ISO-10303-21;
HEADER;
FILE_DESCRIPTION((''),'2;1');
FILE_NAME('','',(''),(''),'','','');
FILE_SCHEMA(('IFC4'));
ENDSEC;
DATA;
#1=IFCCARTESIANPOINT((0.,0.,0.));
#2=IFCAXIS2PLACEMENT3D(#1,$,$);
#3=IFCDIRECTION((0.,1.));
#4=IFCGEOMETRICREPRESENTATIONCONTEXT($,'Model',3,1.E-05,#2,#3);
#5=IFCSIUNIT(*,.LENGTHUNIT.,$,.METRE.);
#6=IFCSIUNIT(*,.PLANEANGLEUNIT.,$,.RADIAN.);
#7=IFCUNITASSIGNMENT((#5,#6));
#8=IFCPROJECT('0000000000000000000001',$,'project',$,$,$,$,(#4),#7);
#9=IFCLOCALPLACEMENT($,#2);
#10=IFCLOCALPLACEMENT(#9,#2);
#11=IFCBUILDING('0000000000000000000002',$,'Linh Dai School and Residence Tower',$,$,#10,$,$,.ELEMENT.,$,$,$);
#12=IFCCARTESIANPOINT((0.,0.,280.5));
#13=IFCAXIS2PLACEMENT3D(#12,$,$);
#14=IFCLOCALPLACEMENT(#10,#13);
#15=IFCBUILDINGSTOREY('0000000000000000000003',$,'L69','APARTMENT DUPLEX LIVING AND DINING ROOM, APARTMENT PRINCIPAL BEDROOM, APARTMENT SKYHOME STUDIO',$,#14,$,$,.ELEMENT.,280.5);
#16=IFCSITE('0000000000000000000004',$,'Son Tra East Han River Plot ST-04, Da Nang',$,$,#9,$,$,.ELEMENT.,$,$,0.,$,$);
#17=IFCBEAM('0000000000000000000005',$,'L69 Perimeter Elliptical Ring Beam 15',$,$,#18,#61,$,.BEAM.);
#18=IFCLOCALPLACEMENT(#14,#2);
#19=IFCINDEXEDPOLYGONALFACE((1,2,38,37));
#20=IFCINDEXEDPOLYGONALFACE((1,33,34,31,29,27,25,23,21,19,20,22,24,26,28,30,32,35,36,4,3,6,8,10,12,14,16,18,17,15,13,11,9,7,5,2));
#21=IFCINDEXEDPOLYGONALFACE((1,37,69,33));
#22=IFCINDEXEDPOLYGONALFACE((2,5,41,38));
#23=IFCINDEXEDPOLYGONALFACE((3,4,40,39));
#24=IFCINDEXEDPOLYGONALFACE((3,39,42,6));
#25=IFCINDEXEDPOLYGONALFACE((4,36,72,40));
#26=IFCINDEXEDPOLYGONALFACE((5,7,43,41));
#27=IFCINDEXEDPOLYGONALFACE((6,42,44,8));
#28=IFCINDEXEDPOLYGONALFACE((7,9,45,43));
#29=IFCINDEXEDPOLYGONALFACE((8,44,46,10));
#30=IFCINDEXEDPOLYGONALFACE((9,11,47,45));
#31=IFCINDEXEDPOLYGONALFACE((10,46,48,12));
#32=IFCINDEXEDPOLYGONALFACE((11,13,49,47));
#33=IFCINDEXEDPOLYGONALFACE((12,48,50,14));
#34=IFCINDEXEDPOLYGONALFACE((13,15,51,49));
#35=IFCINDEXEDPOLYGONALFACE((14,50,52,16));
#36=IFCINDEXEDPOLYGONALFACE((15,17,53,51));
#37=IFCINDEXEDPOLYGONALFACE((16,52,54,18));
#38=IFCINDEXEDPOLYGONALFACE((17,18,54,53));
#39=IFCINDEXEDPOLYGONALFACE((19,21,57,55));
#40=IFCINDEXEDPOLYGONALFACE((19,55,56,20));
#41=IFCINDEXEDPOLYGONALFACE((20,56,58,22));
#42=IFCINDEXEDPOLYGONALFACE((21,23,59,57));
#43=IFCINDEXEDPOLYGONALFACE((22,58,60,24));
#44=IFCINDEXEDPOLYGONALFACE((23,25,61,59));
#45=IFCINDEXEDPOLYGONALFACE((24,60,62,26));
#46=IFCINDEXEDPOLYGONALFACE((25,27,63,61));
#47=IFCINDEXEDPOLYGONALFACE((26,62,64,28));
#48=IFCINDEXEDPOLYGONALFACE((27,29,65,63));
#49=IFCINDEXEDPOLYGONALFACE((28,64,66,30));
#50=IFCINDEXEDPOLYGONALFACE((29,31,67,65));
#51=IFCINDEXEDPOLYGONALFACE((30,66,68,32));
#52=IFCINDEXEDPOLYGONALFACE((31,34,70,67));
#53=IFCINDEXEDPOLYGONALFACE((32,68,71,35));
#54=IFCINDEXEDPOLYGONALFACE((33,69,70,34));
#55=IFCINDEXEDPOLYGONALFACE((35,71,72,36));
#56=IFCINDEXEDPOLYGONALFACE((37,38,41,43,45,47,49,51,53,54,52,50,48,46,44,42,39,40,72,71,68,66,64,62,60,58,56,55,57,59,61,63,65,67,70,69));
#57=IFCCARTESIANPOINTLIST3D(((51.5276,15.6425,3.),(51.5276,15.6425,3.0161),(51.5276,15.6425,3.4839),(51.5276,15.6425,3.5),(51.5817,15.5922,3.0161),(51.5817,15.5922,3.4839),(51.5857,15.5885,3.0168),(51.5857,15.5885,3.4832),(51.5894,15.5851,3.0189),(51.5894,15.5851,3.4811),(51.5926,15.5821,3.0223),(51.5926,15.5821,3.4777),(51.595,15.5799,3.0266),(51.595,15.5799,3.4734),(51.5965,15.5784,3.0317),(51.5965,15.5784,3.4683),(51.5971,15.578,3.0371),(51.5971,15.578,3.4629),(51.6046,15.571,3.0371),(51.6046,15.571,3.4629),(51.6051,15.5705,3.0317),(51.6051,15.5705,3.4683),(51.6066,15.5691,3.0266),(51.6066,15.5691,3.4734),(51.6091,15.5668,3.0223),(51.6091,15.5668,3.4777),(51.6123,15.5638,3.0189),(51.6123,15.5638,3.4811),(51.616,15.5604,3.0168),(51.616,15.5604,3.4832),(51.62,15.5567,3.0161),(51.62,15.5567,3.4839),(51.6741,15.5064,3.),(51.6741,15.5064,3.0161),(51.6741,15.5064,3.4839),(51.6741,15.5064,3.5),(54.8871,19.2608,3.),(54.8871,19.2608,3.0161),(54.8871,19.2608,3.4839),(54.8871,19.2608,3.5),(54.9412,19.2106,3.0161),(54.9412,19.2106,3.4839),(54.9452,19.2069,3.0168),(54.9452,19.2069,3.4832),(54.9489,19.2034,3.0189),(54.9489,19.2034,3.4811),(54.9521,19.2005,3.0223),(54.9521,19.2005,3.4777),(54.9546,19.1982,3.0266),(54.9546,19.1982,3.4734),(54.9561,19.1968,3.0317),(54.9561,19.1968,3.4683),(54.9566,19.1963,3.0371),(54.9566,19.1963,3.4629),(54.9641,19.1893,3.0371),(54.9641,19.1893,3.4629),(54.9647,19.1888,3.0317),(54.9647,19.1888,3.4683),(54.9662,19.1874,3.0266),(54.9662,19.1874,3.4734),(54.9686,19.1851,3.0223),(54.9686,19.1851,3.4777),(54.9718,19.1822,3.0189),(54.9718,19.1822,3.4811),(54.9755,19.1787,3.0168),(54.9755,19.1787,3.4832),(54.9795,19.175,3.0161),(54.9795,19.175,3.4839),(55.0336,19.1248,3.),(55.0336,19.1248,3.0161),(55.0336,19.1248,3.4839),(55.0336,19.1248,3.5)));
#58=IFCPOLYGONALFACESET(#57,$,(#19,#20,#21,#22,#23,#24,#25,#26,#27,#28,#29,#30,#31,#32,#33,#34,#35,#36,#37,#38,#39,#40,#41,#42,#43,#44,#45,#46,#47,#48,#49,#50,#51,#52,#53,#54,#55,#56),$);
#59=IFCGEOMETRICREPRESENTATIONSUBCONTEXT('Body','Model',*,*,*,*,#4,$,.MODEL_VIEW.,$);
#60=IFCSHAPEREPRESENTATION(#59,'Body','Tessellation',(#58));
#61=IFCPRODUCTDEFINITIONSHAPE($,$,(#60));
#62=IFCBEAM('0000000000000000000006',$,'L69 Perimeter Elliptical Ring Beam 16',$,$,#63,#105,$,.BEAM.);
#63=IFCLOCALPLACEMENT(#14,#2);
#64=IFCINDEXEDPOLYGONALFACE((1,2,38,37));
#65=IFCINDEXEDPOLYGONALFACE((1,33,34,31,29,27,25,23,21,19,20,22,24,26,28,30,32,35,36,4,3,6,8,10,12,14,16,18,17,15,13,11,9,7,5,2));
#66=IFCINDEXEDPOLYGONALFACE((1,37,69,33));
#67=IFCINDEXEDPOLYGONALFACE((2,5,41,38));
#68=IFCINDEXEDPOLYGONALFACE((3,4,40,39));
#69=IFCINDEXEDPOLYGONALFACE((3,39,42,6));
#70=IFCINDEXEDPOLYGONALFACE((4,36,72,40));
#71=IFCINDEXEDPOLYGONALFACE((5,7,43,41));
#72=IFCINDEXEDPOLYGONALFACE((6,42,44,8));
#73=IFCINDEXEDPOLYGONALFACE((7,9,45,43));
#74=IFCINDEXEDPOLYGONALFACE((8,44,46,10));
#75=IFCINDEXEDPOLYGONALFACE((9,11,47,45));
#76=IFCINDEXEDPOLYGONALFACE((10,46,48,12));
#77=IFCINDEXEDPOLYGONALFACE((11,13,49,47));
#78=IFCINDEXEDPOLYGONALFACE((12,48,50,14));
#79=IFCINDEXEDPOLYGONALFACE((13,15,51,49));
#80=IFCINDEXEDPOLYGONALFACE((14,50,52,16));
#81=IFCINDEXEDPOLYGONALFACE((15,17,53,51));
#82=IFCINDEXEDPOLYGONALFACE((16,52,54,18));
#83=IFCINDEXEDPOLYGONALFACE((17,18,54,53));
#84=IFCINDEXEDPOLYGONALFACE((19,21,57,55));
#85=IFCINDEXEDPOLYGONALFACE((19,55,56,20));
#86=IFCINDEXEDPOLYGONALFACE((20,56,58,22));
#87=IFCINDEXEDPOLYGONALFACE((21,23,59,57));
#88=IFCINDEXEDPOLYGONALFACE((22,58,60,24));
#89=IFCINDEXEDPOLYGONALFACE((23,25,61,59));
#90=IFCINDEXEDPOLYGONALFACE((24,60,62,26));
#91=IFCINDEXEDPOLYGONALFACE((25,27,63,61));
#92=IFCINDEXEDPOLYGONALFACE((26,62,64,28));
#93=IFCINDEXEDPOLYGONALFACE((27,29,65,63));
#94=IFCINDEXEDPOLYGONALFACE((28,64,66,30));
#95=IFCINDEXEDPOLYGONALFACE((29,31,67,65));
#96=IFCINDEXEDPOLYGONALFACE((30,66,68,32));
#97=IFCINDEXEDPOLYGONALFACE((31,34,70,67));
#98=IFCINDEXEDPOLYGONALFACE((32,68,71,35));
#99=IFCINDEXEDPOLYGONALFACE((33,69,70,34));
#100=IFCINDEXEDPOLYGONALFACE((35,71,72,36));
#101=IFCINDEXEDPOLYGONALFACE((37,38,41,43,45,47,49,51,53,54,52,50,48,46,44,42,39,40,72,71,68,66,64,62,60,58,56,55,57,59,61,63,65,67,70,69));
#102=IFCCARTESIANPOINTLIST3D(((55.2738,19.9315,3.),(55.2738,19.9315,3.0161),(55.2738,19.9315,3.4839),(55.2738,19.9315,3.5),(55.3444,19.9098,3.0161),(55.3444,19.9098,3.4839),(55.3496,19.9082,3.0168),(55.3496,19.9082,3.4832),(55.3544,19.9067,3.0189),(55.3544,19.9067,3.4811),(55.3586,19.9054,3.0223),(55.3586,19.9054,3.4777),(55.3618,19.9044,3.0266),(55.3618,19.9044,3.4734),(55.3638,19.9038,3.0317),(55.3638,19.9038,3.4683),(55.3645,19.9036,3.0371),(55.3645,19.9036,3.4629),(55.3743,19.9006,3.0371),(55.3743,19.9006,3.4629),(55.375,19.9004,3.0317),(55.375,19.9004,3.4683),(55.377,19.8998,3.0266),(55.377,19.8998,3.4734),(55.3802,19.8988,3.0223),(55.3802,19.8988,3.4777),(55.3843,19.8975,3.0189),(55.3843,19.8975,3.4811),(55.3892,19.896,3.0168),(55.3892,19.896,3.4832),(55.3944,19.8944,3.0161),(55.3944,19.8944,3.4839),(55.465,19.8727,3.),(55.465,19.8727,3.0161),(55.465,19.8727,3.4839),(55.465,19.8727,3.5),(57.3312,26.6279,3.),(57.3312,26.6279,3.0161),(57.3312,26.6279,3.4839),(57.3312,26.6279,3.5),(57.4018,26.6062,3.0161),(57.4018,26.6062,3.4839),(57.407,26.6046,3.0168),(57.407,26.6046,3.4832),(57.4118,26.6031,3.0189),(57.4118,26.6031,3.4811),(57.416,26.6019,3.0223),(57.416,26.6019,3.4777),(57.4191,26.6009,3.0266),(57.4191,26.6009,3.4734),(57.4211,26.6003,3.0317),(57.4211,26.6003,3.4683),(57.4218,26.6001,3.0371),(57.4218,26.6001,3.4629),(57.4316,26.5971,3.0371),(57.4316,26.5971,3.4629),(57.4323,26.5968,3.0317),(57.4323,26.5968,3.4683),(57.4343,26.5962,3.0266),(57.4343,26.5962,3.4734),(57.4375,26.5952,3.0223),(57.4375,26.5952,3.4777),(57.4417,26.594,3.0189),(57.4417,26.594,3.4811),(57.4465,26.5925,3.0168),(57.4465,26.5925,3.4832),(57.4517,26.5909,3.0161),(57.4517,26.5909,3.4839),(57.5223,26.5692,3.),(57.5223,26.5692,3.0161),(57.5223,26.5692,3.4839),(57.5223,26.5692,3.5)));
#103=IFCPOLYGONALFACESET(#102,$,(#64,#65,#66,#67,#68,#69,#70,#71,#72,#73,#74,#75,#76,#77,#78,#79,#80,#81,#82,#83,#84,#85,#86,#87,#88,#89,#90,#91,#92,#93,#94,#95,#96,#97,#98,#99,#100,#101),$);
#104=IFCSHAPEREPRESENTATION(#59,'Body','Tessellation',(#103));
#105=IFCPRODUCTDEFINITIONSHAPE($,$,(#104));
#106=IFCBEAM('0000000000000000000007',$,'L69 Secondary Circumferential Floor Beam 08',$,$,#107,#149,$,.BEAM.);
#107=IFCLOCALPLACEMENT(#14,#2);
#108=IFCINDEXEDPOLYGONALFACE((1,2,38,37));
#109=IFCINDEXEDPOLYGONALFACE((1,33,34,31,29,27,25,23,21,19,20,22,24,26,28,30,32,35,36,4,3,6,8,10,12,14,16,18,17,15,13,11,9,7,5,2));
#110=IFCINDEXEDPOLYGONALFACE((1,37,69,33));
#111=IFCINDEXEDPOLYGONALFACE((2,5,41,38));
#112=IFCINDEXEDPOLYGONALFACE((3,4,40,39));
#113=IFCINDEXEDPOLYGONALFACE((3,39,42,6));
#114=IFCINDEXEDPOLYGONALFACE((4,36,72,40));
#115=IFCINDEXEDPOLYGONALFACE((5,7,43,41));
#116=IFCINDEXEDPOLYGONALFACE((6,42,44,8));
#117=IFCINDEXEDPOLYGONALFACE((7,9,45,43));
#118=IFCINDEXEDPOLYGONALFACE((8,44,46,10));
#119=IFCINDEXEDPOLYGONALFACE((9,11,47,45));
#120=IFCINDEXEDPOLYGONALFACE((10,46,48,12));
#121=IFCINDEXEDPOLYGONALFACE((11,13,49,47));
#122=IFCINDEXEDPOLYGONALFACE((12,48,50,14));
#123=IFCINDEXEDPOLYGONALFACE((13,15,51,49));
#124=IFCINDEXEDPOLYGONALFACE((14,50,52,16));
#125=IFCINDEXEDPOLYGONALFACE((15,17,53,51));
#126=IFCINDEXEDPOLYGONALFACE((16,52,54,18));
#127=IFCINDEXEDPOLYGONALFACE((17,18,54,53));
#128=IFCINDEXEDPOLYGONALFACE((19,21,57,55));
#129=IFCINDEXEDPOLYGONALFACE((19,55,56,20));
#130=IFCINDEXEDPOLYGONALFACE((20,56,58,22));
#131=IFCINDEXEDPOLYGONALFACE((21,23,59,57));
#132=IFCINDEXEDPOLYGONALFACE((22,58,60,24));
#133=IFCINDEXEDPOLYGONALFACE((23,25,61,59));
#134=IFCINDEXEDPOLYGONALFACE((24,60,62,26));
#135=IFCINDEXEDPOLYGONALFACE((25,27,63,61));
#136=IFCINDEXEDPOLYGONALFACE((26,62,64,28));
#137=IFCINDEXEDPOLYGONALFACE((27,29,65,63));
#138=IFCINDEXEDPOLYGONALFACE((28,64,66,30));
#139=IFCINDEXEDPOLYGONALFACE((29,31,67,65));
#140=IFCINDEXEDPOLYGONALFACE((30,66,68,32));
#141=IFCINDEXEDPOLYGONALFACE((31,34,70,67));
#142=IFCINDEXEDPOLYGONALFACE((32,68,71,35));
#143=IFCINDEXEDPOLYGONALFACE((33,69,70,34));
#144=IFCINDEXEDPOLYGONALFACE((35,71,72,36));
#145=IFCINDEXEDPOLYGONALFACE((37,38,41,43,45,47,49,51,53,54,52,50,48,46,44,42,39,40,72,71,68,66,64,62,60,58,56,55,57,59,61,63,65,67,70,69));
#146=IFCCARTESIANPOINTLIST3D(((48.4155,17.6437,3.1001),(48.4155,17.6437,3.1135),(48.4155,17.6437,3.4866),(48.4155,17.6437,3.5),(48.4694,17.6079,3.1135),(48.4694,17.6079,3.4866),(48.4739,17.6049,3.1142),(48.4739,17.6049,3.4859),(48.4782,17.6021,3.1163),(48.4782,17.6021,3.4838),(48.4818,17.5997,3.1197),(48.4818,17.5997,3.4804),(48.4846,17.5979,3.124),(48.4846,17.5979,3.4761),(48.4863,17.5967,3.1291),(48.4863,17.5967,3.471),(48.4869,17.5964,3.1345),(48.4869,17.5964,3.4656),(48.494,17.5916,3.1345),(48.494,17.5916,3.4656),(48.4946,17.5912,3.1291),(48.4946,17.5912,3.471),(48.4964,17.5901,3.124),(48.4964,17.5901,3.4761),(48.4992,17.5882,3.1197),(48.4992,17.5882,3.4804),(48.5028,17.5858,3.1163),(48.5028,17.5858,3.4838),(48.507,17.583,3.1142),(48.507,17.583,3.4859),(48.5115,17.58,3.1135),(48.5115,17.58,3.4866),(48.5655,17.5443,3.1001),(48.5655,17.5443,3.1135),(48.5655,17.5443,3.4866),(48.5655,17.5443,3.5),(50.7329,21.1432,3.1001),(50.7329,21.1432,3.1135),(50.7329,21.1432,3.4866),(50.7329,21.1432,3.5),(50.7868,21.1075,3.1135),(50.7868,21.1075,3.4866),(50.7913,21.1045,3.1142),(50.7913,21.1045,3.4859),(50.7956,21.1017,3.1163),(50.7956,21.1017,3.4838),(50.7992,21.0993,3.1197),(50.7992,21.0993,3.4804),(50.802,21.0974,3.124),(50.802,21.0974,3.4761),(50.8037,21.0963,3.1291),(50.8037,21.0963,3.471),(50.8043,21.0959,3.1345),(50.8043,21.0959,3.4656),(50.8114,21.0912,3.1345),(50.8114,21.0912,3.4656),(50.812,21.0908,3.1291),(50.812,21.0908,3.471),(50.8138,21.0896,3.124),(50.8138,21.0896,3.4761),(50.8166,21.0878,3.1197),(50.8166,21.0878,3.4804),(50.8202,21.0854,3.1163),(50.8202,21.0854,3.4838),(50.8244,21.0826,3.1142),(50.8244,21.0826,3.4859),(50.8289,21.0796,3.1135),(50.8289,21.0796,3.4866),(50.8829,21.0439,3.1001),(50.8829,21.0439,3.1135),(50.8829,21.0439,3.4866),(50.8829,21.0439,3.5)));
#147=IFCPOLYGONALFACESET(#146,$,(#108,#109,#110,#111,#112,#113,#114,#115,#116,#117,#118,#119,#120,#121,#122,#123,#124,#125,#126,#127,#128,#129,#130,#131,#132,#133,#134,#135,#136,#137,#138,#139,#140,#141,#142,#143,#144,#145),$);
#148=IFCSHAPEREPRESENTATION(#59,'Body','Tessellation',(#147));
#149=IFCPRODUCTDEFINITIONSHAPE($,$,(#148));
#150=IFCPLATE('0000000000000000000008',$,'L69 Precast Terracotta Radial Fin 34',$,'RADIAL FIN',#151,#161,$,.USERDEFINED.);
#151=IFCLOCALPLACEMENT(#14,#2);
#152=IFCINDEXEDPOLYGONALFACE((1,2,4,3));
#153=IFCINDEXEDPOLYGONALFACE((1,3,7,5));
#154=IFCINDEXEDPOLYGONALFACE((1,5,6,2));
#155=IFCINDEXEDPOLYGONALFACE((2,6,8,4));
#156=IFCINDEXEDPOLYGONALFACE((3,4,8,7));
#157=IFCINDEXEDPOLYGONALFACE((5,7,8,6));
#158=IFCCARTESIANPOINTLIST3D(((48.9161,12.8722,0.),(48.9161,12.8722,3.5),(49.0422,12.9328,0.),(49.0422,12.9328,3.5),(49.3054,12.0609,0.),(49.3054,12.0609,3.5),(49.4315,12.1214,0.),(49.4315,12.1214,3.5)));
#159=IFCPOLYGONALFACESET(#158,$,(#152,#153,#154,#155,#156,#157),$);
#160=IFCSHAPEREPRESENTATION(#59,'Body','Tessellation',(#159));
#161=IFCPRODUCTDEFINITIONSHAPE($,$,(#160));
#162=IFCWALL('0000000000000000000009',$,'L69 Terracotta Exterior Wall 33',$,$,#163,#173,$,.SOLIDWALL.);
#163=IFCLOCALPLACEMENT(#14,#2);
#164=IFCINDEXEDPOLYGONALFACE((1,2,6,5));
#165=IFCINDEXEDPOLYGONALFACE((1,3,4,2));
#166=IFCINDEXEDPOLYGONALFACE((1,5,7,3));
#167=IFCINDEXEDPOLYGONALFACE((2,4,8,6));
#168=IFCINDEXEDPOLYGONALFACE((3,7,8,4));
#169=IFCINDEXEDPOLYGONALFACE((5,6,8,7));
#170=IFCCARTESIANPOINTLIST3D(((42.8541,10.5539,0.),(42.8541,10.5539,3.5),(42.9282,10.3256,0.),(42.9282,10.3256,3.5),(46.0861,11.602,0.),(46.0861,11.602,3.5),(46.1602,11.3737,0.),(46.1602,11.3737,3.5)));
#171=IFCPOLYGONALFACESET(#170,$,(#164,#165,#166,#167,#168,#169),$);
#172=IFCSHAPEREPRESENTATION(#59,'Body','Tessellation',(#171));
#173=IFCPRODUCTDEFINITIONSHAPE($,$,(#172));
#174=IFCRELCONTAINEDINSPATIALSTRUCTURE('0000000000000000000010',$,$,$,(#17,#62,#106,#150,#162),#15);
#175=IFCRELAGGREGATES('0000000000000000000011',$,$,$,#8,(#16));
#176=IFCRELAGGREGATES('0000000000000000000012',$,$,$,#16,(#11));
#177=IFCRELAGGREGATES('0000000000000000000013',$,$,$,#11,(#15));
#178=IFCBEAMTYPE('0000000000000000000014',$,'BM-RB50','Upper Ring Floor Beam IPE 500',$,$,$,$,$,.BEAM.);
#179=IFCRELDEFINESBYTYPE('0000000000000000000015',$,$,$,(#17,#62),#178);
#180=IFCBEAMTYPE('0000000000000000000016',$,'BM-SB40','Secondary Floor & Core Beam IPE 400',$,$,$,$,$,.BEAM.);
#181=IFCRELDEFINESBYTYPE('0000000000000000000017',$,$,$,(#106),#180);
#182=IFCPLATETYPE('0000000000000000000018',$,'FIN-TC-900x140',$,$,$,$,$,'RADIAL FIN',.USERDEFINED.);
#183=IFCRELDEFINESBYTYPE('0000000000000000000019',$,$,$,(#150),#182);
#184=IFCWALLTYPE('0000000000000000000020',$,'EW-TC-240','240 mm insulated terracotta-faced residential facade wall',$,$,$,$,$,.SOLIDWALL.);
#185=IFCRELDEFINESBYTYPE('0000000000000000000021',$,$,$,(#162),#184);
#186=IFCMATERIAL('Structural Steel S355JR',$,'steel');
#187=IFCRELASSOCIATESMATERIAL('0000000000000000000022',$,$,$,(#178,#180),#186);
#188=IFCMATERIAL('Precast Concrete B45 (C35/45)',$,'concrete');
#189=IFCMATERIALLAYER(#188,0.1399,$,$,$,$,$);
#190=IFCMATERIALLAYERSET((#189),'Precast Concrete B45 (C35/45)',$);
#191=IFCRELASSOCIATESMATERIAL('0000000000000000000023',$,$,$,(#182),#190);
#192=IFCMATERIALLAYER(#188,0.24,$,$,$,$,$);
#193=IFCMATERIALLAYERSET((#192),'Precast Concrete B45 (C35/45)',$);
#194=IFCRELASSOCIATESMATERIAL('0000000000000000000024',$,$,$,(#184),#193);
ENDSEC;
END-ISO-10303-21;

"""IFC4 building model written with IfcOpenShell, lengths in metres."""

from ifc_helpers import new_model, si_unit, direction, frame, frame_2d, origin, origin_2d, place, context, subcontext, project, spatial, rectangle, i_section, extrude, source, transform, mapped, material, layer, layer_set, material_profile, profile_set, type_object, element, save


model = new_model("IFC4")

# Units and contexts
model_context = context("Model", 3, precision=1e-05, world=origin(), true_north=direction((0.0, 1.0)))
body_context = subcontext(model_context, "Body", "Model", "MODEL_VIEW")
ifc_project = project(units=[si_unit("LENGTHUNIT", "METRE"), si_unit("PLANEANGLEUNIT", "RADIAN")], contexts=[model_context])

# Site, building, storey
site_placement = place(None, origin())
site = spatial("IfcSite", under=ifc_project, at=site_placement, Name="Son Tra East Han River Plot ST-04, Da Nang", CompositionType="ELEMENT", RefElevation=0.0)
building_placement = place(site_placement, origin())
building = spatial("IfcBuilding", under=site, at=building_placement, Name="Linh Dai School and Residence Tower", CompositionType="ELEMENT")
storey_placement = place(building_placement, frame((0.0, 0.0, 280.5)))
storey = spatial("IfcBuildingStorey", under=building, at=storey_placement, Name="L69", Description="APARTMENT DUPLEX LIVING AND DINING ROOM, APARTMENT PRINCIPAL BEDROOM, APARTMENT SKYHOME STUDIO", CompositionType="ELEMENT", Elevation=280.5)

# Shared definitions
ifc_material_1 = material(Name="Structural Steel S355JR", Category="steel")

# Beams
ifc_material_profile_1 = material_profile(ifc_material_1, i_section(OverallWidth=0.2, OverallDepth=0.5, WebThickness=0.0103, FlangeThickness=0.0161, FilletRadius=0.021, at=origin_2d()), Name="IPE 500")
ifc_profile_set_1 = profile_set([ifc_material_profile_1], Name="Structural Steel S355JR")
beam_type_1 = type_object("IfcBeamType", Name="BM-RB50", Description="Upper Ring Floor Beam IPE 500", PredefinedType="BEAM", material=ifc_profile_set_1)
beam_1_placement = place(storey_placement, frame((51.6008, 15.5745, 3.25), z_axis=(0.680415, 0.732827, 0.0), x_axis=(-0.732827, 0.680415, 0.0)))
element("IfcBeam", 1, at=beam_1_placement, inside=storey, type_object=beam_type_1, Name="L69 Perimeter Elliptical Ring Beam 15", PredefinedType="BEAM", context=body_context, shape_type="SweptSolid", body=[
    extrude(i_section(OverallWidth=0.2, OverallDepth=0.5, WebThickness=0.0103, FlangeThickness=0.0161, FilletRadius=0.021, at=origin_2d()), origin(), (0.0, 0.0, 1.0), 4.9375),
])
beam_2_placement = place(storey_placement, frame((55.3694, 19.9021, 3.25), z_axis=(0.293682, 0.955903, 0.0), x_axis=(-0.955903, 0.293682, 0.0)))
element("IfcBeam", 2, at=beam_2_placement, inside=storey, type_object=beam_type_1, Name="L69 Perimeter Elliptical Ring Beam 16", PredefinedType="BEAM", context=body_context, shape_type="SweptSolid", body=[
    extrude(i_section(OverallWidth=0.2, OverallDepth=0.5, WebThickness=0.0103, FlangeThickness=0.0161, FilletRadius=0.021, at=origin_2d()), origin(), (0.0, 0.0, 1.0), 7.0054),
])
ifc_material_profile_2 = material_profile(ifc_material_1, i_section(OverallWidth=0.1799, OverallDepth=0.3999, WebThickness=0.0085, FlangeThickness=0.0134, FilletRadius=0.021, at=origin_2d()), Name="IPE 400")
ifc_profile_set_2 = profile_set([ifc_material_profile_2], Name="Structural Steel S355JR")
beam_type_2 = type_object("IfcBeamType", Name="BM-SB40", Description="Secondary Floor & Core Beam IPE 400", PredefinedType="BEAM", material=ifc_profile_set_2)
beam_3_placement = place(storey_placement, frame((48.4905, 17.594, 3.3), z_axis=(0.55212, 0.833764, 0.0), x_axis=(-0.833764, 0.55212, 0.0)))
element("IfcBeam", 3, at=beam_3_placement, inside=storey, type_object=beam_type_2, Name="L69 Secondary Circumferential Floor Beam 08", PredefinedType="BEAM", context=body_context, shape_type="SweptSolid", body=[
    extrude(i_section(OverallWidth=0.1799, OverallDepth=0.3999, WebThickness=0.0085, FlangeThickness=0.0134, FilletRadius=0.021, at=origin_2d()), origin(), (0.0, 0.0, 1.0), 4.1973),
])

# Plate
ifc_material_2 = material(Name="Precast Concrete B45 (C35/45)", Category="concrete")
ifc_layer_1 = layer(ifc_material_2, 0.1399)
ifc_layer_set_1 = layer_set([ifc_layer_1], Name="Precast Concrete B45 (C35/45)")
plate_type = type_object("IfcPlateType", Name="FIN-TC-900x140", ElementType="RADIAL FIN", PredefinedType="USERDEFINED", material=ifc_layer_set_1)
shared_shape_1 = source(origin(), body_context, "Body", "SweptSolid", [
    extrude(rectangle(XDim=0.8999, YDim=0.1399, at=origin_2d()), origin(), (0.0, 0.0, 1.0), 3.5),
])
plate_placement = place(storey_placement, frame((49.1738, 12.4968, 0.0), z_axis=(0.0, 0.0, 1.0), x_axis=(0.432612, -0.90158, 0.0)))
element("IfcPlate", 4, at=plate_placement, inside=storey, type_object=plate_type, Name="L69 Precast Terracotta Radial Fin 34", ObjectType="RADIAL FIN", PredefinedType="USERDEFINED", context=body_context, shape_type="MappedRepresentation", body=[
    mapped(shared_shape_1, transform((0.0, 0.0, 0.0), x_axis=(1.0, 0.0, 0.0), y_axis=(0.0, 1.0, 0.0), z_axis=(0.0, 0.0, 1.0), scale=1.0)),
])

# Wall
ifc_layer_2 = layer(ifc_material_2, 0.24)
ifc_layer_set_2 = layer_set([ifc_layer_2], Name="Precast Concrete B45 (C35/45)")
wall_type_1 = type_object("IfcWallType", Name="EW-TC-240", Description="240 mm insulated terracotta-faced residential facade wall", PredefinedType="SOLIDWALL", material=ifc_layer_set_2)
wall_1_placement = place(storey_placement, frame((46.123, 11.4878, 0.0), z_axis=(0.0, 0.0, 1.0), x_axis=(-0.951231, -0.308478, 0.0)))
element("IfcWall", 5, at=wall_1_placement, inside=storey, type_object=wall_type_1, Name="L69 Terracotta Exterior Wall 33", PredefinedType="SOLIDWALL", context=body_context, shape_type="SweptSolid", body=[
    extrude(rectangle(XDim=3.3977, YDim=0.24, at=frame_2d((1.6987, 0.0))), origin(), (0.0, 0.0, 1.0), 3.5),
])

save(model, "model.ifc")
